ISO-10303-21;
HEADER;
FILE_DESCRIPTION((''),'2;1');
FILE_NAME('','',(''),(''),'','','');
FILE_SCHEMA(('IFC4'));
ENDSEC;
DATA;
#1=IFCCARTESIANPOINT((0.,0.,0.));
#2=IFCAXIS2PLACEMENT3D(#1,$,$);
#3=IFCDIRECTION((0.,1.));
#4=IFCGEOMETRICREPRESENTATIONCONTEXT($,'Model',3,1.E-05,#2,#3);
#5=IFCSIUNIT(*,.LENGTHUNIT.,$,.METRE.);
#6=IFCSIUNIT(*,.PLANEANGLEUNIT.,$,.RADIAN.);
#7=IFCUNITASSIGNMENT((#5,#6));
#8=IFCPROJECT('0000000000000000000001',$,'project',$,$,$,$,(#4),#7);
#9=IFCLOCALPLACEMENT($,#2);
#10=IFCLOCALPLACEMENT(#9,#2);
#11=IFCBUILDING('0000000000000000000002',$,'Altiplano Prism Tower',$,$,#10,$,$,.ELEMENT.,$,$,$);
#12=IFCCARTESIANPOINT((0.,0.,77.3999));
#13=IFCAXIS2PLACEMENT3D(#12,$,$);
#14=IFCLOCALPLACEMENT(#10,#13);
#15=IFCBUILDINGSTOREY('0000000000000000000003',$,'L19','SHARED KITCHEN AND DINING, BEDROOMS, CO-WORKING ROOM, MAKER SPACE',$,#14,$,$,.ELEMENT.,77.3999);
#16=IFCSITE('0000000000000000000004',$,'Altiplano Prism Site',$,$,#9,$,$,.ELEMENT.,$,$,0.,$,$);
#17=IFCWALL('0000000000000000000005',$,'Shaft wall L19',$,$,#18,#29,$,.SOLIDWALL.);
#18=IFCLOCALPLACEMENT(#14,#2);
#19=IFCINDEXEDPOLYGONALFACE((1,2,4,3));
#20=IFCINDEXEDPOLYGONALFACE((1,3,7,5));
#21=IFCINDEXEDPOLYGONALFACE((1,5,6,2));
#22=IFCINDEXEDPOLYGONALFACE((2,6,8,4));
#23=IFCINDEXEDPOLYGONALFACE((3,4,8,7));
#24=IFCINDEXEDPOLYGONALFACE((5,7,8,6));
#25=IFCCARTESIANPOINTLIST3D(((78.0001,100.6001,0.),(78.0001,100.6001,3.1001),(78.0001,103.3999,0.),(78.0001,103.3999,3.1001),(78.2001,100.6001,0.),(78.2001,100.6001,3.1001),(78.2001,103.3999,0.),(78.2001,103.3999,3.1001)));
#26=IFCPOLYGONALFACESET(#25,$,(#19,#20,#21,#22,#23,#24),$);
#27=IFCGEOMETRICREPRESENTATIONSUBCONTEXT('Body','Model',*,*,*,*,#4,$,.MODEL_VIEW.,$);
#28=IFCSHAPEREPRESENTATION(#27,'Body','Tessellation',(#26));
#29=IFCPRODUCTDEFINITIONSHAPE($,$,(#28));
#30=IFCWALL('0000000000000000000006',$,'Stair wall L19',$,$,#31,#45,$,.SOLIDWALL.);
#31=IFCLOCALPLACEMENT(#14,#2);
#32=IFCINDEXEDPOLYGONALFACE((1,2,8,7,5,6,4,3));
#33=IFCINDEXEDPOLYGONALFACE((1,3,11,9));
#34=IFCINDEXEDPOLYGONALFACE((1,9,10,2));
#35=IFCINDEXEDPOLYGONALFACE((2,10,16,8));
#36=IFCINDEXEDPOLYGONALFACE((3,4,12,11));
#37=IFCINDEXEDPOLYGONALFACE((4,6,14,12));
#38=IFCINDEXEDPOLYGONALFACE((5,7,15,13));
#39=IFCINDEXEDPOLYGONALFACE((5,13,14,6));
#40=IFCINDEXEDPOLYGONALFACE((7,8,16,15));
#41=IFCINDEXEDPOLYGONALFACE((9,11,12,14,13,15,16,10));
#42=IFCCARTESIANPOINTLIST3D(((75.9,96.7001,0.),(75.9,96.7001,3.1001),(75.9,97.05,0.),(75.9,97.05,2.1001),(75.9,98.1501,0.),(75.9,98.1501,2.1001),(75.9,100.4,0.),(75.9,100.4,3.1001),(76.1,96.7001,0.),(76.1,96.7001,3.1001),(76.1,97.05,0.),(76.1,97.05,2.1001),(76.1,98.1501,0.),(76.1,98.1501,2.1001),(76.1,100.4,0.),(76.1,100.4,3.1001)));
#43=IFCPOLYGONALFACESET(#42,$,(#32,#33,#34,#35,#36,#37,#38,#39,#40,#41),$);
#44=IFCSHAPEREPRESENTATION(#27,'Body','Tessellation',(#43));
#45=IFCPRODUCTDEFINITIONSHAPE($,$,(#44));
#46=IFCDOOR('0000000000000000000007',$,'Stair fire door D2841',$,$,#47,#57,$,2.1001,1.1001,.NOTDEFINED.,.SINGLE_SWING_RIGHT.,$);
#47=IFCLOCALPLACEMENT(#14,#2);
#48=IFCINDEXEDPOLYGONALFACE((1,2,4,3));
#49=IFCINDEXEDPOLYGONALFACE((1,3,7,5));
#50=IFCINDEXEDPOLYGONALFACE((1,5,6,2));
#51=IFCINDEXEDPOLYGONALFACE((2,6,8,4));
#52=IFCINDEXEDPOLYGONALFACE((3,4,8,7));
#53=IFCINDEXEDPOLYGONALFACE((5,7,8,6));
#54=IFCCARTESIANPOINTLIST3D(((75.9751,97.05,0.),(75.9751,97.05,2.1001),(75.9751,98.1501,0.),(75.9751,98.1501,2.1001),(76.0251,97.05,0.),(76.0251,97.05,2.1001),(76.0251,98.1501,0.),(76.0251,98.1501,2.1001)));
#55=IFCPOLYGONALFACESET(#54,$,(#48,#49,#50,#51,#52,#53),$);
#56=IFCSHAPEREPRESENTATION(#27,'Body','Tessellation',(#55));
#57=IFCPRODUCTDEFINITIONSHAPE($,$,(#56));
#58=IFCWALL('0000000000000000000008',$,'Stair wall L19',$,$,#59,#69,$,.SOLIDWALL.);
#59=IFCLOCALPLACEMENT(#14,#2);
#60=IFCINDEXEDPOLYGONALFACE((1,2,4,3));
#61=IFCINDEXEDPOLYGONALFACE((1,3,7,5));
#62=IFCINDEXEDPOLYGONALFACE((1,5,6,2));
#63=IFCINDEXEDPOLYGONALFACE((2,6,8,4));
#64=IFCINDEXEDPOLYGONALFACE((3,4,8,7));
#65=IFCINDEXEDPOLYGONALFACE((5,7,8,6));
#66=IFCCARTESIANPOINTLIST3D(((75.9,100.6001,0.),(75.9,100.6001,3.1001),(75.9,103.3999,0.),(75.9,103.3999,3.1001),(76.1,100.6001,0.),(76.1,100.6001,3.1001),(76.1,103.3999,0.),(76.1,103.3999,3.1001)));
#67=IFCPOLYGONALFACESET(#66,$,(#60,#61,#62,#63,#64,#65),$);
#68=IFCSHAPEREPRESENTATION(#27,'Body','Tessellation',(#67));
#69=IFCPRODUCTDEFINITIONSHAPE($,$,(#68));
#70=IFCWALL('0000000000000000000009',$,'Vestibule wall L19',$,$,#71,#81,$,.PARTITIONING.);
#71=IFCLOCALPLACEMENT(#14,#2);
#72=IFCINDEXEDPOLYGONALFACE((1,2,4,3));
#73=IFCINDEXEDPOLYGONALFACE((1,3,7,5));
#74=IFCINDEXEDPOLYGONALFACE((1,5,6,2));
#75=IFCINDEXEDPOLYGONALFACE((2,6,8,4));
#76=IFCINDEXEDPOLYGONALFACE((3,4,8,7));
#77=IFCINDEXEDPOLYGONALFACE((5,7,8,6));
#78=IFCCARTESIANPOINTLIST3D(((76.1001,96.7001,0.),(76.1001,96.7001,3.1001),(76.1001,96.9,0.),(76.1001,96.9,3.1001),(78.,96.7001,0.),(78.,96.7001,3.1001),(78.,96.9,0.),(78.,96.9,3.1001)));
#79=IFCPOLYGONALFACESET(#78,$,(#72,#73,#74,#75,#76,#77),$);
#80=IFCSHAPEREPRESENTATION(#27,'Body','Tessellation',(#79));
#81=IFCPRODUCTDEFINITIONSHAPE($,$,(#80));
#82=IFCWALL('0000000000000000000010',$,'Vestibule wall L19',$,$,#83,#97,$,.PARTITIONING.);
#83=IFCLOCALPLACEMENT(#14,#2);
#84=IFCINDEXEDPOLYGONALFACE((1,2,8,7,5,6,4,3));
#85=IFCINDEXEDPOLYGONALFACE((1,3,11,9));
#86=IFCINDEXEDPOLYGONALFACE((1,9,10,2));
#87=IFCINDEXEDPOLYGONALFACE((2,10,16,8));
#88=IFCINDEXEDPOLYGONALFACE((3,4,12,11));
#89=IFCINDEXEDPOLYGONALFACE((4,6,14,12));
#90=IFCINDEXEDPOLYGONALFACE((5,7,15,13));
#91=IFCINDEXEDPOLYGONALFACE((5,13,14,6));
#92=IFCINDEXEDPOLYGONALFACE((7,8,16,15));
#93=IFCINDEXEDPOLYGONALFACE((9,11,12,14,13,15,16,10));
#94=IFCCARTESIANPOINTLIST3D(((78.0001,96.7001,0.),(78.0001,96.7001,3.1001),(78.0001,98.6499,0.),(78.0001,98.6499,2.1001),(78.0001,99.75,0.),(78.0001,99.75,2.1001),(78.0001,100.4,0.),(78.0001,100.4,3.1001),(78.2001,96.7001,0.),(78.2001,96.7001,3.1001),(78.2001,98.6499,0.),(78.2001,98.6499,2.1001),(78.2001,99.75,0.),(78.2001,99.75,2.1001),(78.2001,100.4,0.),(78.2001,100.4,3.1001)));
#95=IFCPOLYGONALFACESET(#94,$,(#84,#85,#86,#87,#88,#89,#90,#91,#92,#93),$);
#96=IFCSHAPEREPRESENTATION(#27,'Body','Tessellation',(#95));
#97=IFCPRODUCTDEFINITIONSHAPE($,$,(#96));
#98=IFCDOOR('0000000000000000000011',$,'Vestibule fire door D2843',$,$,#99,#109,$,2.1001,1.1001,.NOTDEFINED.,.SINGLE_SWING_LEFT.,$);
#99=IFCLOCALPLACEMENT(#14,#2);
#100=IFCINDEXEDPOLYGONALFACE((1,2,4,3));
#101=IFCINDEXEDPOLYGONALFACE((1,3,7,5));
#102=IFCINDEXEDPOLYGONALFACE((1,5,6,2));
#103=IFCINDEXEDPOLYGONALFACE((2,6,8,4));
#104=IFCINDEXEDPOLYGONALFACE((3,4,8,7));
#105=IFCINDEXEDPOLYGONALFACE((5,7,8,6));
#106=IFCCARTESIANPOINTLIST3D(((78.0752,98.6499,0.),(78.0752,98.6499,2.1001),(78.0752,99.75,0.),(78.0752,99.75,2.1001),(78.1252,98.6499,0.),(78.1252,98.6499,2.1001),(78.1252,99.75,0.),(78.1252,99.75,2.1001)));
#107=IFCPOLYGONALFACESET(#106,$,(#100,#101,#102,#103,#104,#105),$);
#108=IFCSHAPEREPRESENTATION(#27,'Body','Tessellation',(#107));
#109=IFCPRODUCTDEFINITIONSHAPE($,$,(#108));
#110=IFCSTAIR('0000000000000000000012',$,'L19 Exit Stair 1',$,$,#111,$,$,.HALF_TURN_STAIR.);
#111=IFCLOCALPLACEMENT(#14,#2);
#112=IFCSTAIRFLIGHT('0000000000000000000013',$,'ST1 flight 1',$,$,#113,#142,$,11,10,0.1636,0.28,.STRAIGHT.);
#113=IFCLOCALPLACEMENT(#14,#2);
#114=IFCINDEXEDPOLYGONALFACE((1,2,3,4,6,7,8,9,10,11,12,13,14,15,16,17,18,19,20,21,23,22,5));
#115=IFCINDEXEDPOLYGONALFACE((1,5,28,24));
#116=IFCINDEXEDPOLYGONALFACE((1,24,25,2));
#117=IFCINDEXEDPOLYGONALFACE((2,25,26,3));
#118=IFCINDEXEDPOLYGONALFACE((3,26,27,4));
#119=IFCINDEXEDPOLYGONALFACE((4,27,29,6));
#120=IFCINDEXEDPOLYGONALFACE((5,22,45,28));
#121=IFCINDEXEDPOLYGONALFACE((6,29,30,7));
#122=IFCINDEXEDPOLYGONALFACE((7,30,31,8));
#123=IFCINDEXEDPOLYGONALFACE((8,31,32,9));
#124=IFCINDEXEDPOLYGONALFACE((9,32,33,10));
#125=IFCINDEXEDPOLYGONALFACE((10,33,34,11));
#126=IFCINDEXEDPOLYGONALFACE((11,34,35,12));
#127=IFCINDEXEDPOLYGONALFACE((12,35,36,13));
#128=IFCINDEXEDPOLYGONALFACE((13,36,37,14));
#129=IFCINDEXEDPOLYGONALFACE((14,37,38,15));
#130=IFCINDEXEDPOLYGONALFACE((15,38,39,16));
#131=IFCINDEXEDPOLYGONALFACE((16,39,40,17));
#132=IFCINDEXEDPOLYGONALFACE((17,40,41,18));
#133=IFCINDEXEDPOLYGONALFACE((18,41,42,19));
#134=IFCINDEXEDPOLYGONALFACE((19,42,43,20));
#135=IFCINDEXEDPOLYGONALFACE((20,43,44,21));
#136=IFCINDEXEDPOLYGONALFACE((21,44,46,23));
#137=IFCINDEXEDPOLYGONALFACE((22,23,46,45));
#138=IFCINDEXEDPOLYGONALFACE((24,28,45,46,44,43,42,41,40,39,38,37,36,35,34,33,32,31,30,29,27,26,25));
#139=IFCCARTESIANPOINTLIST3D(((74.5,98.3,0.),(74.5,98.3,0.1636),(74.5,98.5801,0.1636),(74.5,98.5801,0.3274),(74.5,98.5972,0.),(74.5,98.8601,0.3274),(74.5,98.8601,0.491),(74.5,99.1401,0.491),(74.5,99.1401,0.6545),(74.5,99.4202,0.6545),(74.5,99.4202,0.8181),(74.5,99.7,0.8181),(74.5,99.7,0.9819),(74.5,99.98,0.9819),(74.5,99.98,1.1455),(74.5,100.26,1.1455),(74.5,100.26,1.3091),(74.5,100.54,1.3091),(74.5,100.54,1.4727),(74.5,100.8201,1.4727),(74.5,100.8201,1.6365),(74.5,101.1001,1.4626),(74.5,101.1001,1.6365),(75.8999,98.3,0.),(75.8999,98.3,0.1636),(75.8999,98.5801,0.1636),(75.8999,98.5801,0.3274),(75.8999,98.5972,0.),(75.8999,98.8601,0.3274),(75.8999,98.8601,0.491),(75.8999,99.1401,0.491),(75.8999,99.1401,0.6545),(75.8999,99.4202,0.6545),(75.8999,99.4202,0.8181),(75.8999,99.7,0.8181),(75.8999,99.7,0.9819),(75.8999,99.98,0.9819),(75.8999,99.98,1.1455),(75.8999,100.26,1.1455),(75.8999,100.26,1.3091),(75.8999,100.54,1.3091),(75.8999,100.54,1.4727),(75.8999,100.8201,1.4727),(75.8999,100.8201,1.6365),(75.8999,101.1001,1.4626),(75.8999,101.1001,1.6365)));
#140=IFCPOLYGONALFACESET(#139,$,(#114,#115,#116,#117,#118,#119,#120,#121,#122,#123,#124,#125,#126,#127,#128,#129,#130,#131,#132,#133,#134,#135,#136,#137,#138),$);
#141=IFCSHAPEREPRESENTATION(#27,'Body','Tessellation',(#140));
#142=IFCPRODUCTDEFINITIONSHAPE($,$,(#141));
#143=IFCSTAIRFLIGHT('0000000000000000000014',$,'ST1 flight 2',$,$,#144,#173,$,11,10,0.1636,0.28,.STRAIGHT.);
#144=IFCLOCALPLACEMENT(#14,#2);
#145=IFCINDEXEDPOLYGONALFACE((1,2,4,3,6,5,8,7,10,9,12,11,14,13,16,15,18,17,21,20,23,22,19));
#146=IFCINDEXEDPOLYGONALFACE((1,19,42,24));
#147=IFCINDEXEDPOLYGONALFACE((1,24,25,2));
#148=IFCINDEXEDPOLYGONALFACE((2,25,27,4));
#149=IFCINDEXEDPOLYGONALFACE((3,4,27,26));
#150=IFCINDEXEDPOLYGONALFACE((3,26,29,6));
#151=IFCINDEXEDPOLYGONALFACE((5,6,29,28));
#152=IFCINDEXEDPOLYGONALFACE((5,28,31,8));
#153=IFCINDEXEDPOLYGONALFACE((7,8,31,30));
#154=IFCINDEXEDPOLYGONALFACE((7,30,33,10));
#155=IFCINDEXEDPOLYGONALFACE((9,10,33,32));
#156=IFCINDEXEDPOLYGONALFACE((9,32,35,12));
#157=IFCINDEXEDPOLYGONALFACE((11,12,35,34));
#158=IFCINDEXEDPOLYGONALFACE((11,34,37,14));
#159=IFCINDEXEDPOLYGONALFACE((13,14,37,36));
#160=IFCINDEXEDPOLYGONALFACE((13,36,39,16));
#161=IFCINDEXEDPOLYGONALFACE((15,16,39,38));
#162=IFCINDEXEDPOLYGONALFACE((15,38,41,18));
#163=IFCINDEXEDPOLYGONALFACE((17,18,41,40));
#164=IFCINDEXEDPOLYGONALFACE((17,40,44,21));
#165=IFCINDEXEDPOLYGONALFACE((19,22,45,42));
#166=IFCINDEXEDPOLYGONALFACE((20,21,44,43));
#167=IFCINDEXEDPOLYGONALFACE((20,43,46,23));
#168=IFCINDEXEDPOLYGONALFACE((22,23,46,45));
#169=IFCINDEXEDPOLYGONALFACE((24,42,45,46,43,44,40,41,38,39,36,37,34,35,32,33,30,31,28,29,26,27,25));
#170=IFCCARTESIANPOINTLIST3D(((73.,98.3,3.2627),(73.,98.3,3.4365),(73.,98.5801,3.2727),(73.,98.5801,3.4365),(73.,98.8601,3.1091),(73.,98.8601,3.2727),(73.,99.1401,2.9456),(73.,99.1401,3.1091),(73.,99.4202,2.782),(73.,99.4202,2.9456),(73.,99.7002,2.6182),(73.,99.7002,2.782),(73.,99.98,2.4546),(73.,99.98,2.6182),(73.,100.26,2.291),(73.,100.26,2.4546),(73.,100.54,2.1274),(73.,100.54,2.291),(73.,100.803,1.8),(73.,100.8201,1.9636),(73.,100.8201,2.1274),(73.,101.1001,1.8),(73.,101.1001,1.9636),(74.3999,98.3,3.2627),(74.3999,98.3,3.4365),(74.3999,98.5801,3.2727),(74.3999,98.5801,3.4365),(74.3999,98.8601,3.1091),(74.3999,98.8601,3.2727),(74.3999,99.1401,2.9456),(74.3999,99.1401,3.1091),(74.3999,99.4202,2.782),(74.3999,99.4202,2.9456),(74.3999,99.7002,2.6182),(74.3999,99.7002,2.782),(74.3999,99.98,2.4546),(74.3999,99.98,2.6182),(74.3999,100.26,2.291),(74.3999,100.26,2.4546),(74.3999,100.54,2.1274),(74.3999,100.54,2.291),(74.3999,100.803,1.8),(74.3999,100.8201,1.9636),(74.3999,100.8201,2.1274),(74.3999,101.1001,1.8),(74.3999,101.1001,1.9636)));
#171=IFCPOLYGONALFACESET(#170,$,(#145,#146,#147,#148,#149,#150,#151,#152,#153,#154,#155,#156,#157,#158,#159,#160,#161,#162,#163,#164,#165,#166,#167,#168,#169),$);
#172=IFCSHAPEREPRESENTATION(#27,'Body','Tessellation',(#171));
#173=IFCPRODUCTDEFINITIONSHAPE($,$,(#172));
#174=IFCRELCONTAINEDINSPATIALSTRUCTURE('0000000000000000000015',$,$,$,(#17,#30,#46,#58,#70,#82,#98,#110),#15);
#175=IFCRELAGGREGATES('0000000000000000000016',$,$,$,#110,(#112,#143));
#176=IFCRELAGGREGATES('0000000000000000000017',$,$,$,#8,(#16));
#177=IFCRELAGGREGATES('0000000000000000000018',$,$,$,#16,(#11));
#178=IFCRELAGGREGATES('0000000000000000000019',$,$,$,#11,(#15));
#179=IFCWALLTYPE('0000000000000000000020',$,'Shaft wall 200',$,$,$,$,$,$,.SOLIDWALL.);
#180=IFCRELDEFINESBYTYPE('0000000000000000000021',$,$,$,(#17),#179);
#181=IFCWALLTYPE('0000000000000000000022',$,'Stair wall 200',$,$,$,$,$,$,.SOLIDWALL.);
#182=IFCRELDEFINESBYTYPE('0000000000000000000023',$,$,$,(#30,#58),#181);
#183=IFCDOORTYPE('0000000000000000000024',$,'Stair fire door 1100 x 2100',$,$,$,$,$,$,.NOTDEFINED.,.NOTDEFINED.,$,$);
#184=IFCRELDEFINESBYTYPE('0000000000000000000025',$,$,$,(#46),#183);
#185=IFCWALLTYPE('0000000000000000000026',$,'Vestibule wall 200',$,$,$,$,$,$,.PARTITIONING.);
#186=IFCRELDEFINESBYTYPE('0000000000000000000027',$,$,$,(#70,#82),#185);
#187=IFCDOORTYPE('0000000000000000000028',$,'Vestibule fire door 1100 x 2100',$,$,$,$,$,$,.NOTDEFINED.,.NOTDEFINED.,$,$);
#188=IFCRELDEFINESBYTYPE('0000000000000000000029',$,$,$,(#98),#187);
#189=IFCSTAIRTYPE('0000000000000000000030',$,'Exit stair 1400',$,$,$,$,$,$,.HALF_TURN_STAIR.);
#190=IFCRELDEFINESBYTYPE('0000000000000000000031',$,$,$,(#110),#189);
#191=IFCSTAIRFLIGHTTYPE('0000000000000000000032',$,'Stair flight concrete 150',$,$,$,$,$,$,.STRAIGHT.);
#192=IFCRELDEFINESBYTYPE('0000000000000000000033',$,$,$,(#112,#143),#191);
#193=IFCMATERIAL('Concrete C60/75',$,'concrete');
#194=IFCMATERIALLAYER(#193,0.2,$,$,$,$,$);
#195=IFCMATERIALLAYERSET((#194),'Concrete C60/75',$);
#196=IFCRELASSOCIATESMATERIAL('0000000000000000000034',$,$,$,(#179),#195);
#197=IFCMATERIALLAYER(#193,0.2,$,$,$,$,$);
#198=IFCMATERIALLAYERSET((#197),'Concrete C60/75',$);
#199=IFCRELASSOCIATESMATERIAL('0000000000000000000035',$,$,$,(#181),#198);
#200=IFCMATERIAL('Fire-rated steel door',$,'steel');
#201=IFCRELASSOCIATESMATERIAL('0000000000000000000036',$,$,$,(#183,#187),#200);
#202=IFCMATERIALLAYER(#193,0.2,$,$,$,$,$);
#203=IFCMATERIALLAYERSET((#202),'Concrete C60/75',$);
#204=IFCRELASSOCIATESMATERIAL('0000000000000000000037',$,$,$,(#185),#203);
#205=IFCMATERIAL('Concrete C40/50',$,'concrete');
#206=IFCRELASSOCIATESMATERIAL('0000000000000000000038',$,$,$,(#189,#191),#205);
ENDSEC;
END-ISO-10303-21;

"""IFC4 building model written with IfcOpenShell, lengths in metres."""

from ifc_helpers import new_model, si_unit, direction, frame, frame_2d, origin, place, context, subcontext, project, spatial, polyline, rectangle, outline, extrude, material, layer, layer_set, type_object, element, fill, aggregate, save


model = new_model("IFC4")

# Units and contexts
model_context = context("Model", 3, precision=1e-05, world=origin(), true_north=direction((0.0, 1.0)))
body_context = subcontext(model_context, "Body", "Model", "MODEL_VIEW")
ifc_project = project(units=[si_unit("LENGTHUNIT", "METRE"), si_unit("PLANEANGLEUNIT", "RADIAN")], contexts=[model_context])

# Site, building, storey
site_placement = place(None, origin())
site = spatial("IfcSite", under=ifc_project, at=site_placement, Name="Altiplano Prism Site", CompositionType="ELEMENT", RefElevation=0.0)
building_placement = place(site_placement, origin())
building = spatial("IfcBuilding", under=site, at=building_placement, Name="Altiplano Prism Tower", CompositionType="ELEMENT")
storey_placement = place(building_placement, frame((0.0, 0.0, 77.3999)))
storey = spatial("IfcBuildingStorey", under=building, at=storey_placement, Name="L19", Description="SHARED KITCHEN AND DINING, BEDROOMS, CO-WORKING ROOM, MAKER SPACE", CompositionType="ELEMENT", Elevation=77.3999)

# Wall
ifc_material_1 = material(Name="Concrete C60/75", Category="concrete")
ifc_layer_1 = layer(ifc_material_1, 0.2)
ifc_layer_set_1 = layer_set([ifc_layer_1], Name="Concrete C60/75")
wall_type_1 = type_object("IfcWallType", Name="Shaft wall 200", PredefinedType="SOLIDWALL", material=ifc_layer_set_1)
wall_1_placement = place(storey_placement, frame((78.1001, 100.6001, 0.0), z_axis=(0.0, 0.0, 1.0), x_axis=(0.0, 1.0, 0.0)))
element("IfcWall", 1, at=wall_1_placement, inside=storey, type_object=wall_type_1, Name="Shaft wall L19", PredefinedType="SOLIDWALL", context=body_context, shape_type="SweptSolid", body=[
    extrude(rectangle(XDim=2.7998, YDim=0.2, at=frame_2d((1.3999, 0.0))), origin(), (0.0, 0.0, 1.0), 3.1001),
])

# Wall, opening, door
ifc_layer_2 = layer(ifc_material_1, 0.2)
ifc_layer_set_2 = layer_set([ifc_layer_2], Name="Concrete C60/75")
wall_type_2 = type_object("IfcWallType", Name="Stair wall 200", PredefinedType="SOLIDWALL", material=ifc_layer_set_2)
wall_2_placement = place(storey_placement, frame((76.0, 96.7, 0.0), z_axis=(0.0, 0.0, 1.0), x_axis=(0.0, 1.0, 0.0)))
wall_2 = element("IfcWall", 2, at=wall_2_placement, inside=storey, type_object=wall_type_2, Name="Stair wall L19", PredefinedType="SOLIDWALL", context=body_context, shape_type="SweptSolid", body=[
    extrude(rectangle(XDim=3.7, YDim=0.2, at=frame_2d((1.8501, 0.0))), origin(), (0.0, 0.0, 1.0), 3.1001),
])
opening_1_placement = place(wall_2_placement, frame((0.3501, 0.0, 0.0)))
opening_1 = element("IfcOpeningElement", 3, at=opening_1_placement, cuts=wall_2, PredefinedType="OPENING", context=body_context, shape_type="SweptSolid", body=[
    extrude(rectangle(XDim=1.1001, YDim=2.1001, at=frame_2d((0.55, 1.05))), frame((0.0, 0.1104, 0.0), z_axis=(0.0, -1.0, 0.0), x_axis=(1.0, 0.0, 0.0)), (0.0, 0.0, 1.0), 0.2209),
])
ifc_material_2 = material(Name="Fire-rated steel door", Category="steel")
door_type_1 = type_object("IfcDoorType", Name="Stair fire door 1100 x 2100", OperationType="NOTDEFINED", PredefinedType="NOTDEFINED", material=ifc_material_2)
door_1_placement = place(opening_1_placement, origin())
door_1 = element("IfcDoor", 4, at=door_1_placement, inside=storey, type_object=door_type_1, Name="Stair fire door D2841", OperationType="SINGLE_SWING_RIGHT", OverallHeight=2.1001, OverallWidth=1.1001, PredefinedType="NOTDEFINED", context=body_context, shape_type="SweptSolid", body=[
    extrude(rectangle(XDim=1.1001, YDim=2.1001, at=frame_2d((0.55, 1.05))), frame((0.0, 0.0249, 0.0), z_axis=(0.0, -1.0, 0.0), x_axis=(1.0, 0.0, 0.0)), (0.0, 0.0, 1.0), 0.05),
])
fill(opening_1, door_1)

# Walls
wall_3_placement = place(storey_placement, frame((76.0, 100.6001, 0.0), z_axis=(0.0, 0.0, 1.0), x_axis=(0.0, 1.0, 0.0)))
element("IfcWall", 5, at=wall_3_placement, inside=storey, type_object=wall_type_2, Name="Stair wall L19", PredefinedType="SOLIDWALL", context=body_context, shape_type="SweptSolid", body=[
    extrude(rectangle(XDim=2.7998, YDim=0.2, at=frame_2d((1.3999, 0.0))), origin(), (0.0, 0.0, 1.0), 3.1001),
])
ifc_layer_3 = layer(ifc_material_1, 0.2)
ifc_layer_set_3 = layer_set([ifc_layer_3], Name="Concrete C60/75")
wall_type_3 = type_object("IfcWallType", Name="Vestibule wall 200", PredefinedType="PARTITIONING", material=ifc_layer_set_3)
wall_4_placement = place(storey_placement, frame((76.1001, 96.8, 0.0), z_axis=(0.0, 0.0, 1.0), x_axis=(1.0, 0.0, 0.0)))
element("IfcWall", 6, at=wall_4_placement, inside=storey, type_object=wall_type_3, Name="Vestibule wall L19", PredefinedType="PARTITIONING", context=body_context, shape_type="SweptSolid", body=[
    extrude(rectangle(XDim=1.8999, YDim=0.2, at=frame_2d((0.95, 0.0))), origin(), (0.0, 0.0, 1.0), 3.1001),
])

# Wall, opening, door
wall_5_placement = place(storey_placement, frame((78.1001, 96.7, 0.0), z_axis=(0.0, 0.0, 1.0), x_axis=(0.0, 1.0, 0.0)))
wall_5 = element("IfcWall", 7, at=wall_5_placement, inside=storey, type_object=wall_type_3, Name="Vestibule wall L19", PredefinedType="PARTITIONING", context=body_context, shape_type="SweptSolid", body=[
    extrude(rectangle(XDim=3.7, YDim=0.2, at=frame_2d((1.8501, 0.0))), origin(), (0.0, 0.0, 1.0), 3.1001),
])
opening_2_placement = place(wall_5_placement, frame((1.95, 0.0, 0.0)))
opening_2 = element("IfcOpeningElement", 8, at=opening_2_placement, cuts=wall_5, PredefinedType="OPENING", context=body_context, shape_type="SweptSolid", body=[
    extrude(rectangle(XDim=1.1001, YDim=2.1001, at=frame_2d((0.55, 1.05))), frame((0.0, 0.1104, 0.0), z_axis=(0.0, -1.0, 0.0), x_axis=(1.0, 0.0, 0.0)), (0.0, 0.0, 1.0), 0.2209),
])
door_type_2 = type_object("IfcDoorType", Name="Vestibule fire door 1100 x 2100", OperationType="NOTDEFINED", PredefinedType="NOTDEFINED", material=ifc_material_2)
door_2_placement = place(opening_2_placement, origin())
door_2 = element("IfcDoor", 9, at=door_2_placement, inside=storey, type_object=door_type_2, Name="Vestibule fire door D2843", OperationType="SINGLE_SWING_LEFT", OverallHeight=2.1001, OverallWidth=1.1001, PredefinedType="NOTDEFINED", context=body_context, shape_type="SweptSolid", body=[
    extrude(rectangle(XDim=1.1001, YDim=2.1001, at=frame_2d((0.55, 1.05))), frame((0.0, 0.0249, 0.0), z_axis=(0.0, -1.0, 0.0), x_axis=(1.0, 0.0, 0.0)), (0.0, 0.0, 1.0), 0.05),
])
fill(opening_2, door_2)

# Stair, stair flights
ifc_material_3 = material(Name="Concrete C40/50", Category="concrete")
stair_type = type_object("IfcStairType", Name="Exit stair 1400", PredefinedType="HALF_TURN_STAIR", material=ifc_material_3)
stair_placement = place(storey_placement, origin())
stair = element("IfcStair", 10, at=stair_placement, inside=storey, type_object=stair_type, Name="L19 Exit Stair 1", PredefinedType="HALF_TURN_STAIR")
stair_flight_type = type_object("IfcStairFlightType", Name="Stair flight concrete 150", PredefinedType="STRAIGHT", material=ifc_material_3)
stair_flight_1_placement = place(storey_placement, frame((75.2, 98.3, 0.0), z_axis=(0.0, 0.0, 1.0), x_axis=(0.0, 1.0, 0.0)))
stair_flight_1 = element("IfcStairFlight", 11, at=stair_flight_1_placement, type_object=stair_flight_type, Name="ST1 flight 1", NumberOfRisers=11, NumberOfTreads=10, PredefinedType="STRAIGHT", RiserHeight=0.1636, TreadLength=0.28, context=body_context, shape_type="SweptSolid", body=[
    extrude(outline(polyline([(0.0, 0.0), (0.0, 0.1636), (0.28, 0.1636), (0.28, 0.3274), (0.5601, 0.3274), (0.5601, 0.491), (0.8401, 0.491), (0.8401, 0.6545), (1.1201, 0.6545), (1.1201, 0.8181), (1.3999, 0.8181), (1.3999, 0.9819), (1.6799, 0.9819), (1.6799, 1.1455), (1.96, 1.1455), (1.96, 1.3091), (2.24, 1.3091), (2.24, 1.4727), (2.52, 1.4727), (2.52, 1.6365), (2.8, 1.6365), (2.8, 1.8), (2.8, 1.4626), (0.2971, 0.0), (0.0, 0.0)])), frame((0.0, 0.7, 0.0), z_axis=(0.0, -1.0, 0.0), x_axis=(1.0, 0.0, 0.0)), (0.0, 0.0, 1.0), 1.3999),
])
stair_flight_2_placement = place(storey_placement, frame((73.7, 101.1001, 1.8), z_axis=(0.0, 0.0, 1.0), x_axis=(0.0, -1.0, 0.0)))
stair_flight_2 = element("IfcStairFlight", 12, at=stair_flight_2_placement, type_object=stair_flight_type, Name="ST1 flight 2", NumberOfRisers=11, NumberOfTreads=10, PredefinedType="STRAIGHT", RiserHeight=0.1636, TreadLength=0.28, context=body_context, shape_type="SweptSolid", body=[
    extrude(outline(polyline([(0.0, 0.0), (0.0, 0.1636), (0.28, 0.1636), (0.28, 0.3274), (0.5601, 0.3274), (0.5601, 0.491), (0.8401, 0.491), (0.8401, 0.6545), (1.1201, 0.6545), (1.1201, 0.8181), (1.3999, 0.8181), (1.3999, 0.9819), (1.6799, 0.9819), (1.6799, 1.1455), (1.96, 1.1455), (1.96, 1.3091), (2.24, 1.3091), (2.24, 1.4727), (2.52, 1.4727), (2.52, 1.6365), (2.8, 1.6365), (2.8, 1.8), (2.8, 1.4626), (0.2971, 0.0), (0.0, 0.0)])), frame((0.0, 0.7, 0.0), z_axis=(0.0, -1.0, 0.0), x_axis=(1.0, 0.0, 0.0)), (0.0, 0.0, 1.0), 1.3999),
])
aggregate(stair, [stair_flight_1, stair_flight_2])

save(model, "model.ifc")
